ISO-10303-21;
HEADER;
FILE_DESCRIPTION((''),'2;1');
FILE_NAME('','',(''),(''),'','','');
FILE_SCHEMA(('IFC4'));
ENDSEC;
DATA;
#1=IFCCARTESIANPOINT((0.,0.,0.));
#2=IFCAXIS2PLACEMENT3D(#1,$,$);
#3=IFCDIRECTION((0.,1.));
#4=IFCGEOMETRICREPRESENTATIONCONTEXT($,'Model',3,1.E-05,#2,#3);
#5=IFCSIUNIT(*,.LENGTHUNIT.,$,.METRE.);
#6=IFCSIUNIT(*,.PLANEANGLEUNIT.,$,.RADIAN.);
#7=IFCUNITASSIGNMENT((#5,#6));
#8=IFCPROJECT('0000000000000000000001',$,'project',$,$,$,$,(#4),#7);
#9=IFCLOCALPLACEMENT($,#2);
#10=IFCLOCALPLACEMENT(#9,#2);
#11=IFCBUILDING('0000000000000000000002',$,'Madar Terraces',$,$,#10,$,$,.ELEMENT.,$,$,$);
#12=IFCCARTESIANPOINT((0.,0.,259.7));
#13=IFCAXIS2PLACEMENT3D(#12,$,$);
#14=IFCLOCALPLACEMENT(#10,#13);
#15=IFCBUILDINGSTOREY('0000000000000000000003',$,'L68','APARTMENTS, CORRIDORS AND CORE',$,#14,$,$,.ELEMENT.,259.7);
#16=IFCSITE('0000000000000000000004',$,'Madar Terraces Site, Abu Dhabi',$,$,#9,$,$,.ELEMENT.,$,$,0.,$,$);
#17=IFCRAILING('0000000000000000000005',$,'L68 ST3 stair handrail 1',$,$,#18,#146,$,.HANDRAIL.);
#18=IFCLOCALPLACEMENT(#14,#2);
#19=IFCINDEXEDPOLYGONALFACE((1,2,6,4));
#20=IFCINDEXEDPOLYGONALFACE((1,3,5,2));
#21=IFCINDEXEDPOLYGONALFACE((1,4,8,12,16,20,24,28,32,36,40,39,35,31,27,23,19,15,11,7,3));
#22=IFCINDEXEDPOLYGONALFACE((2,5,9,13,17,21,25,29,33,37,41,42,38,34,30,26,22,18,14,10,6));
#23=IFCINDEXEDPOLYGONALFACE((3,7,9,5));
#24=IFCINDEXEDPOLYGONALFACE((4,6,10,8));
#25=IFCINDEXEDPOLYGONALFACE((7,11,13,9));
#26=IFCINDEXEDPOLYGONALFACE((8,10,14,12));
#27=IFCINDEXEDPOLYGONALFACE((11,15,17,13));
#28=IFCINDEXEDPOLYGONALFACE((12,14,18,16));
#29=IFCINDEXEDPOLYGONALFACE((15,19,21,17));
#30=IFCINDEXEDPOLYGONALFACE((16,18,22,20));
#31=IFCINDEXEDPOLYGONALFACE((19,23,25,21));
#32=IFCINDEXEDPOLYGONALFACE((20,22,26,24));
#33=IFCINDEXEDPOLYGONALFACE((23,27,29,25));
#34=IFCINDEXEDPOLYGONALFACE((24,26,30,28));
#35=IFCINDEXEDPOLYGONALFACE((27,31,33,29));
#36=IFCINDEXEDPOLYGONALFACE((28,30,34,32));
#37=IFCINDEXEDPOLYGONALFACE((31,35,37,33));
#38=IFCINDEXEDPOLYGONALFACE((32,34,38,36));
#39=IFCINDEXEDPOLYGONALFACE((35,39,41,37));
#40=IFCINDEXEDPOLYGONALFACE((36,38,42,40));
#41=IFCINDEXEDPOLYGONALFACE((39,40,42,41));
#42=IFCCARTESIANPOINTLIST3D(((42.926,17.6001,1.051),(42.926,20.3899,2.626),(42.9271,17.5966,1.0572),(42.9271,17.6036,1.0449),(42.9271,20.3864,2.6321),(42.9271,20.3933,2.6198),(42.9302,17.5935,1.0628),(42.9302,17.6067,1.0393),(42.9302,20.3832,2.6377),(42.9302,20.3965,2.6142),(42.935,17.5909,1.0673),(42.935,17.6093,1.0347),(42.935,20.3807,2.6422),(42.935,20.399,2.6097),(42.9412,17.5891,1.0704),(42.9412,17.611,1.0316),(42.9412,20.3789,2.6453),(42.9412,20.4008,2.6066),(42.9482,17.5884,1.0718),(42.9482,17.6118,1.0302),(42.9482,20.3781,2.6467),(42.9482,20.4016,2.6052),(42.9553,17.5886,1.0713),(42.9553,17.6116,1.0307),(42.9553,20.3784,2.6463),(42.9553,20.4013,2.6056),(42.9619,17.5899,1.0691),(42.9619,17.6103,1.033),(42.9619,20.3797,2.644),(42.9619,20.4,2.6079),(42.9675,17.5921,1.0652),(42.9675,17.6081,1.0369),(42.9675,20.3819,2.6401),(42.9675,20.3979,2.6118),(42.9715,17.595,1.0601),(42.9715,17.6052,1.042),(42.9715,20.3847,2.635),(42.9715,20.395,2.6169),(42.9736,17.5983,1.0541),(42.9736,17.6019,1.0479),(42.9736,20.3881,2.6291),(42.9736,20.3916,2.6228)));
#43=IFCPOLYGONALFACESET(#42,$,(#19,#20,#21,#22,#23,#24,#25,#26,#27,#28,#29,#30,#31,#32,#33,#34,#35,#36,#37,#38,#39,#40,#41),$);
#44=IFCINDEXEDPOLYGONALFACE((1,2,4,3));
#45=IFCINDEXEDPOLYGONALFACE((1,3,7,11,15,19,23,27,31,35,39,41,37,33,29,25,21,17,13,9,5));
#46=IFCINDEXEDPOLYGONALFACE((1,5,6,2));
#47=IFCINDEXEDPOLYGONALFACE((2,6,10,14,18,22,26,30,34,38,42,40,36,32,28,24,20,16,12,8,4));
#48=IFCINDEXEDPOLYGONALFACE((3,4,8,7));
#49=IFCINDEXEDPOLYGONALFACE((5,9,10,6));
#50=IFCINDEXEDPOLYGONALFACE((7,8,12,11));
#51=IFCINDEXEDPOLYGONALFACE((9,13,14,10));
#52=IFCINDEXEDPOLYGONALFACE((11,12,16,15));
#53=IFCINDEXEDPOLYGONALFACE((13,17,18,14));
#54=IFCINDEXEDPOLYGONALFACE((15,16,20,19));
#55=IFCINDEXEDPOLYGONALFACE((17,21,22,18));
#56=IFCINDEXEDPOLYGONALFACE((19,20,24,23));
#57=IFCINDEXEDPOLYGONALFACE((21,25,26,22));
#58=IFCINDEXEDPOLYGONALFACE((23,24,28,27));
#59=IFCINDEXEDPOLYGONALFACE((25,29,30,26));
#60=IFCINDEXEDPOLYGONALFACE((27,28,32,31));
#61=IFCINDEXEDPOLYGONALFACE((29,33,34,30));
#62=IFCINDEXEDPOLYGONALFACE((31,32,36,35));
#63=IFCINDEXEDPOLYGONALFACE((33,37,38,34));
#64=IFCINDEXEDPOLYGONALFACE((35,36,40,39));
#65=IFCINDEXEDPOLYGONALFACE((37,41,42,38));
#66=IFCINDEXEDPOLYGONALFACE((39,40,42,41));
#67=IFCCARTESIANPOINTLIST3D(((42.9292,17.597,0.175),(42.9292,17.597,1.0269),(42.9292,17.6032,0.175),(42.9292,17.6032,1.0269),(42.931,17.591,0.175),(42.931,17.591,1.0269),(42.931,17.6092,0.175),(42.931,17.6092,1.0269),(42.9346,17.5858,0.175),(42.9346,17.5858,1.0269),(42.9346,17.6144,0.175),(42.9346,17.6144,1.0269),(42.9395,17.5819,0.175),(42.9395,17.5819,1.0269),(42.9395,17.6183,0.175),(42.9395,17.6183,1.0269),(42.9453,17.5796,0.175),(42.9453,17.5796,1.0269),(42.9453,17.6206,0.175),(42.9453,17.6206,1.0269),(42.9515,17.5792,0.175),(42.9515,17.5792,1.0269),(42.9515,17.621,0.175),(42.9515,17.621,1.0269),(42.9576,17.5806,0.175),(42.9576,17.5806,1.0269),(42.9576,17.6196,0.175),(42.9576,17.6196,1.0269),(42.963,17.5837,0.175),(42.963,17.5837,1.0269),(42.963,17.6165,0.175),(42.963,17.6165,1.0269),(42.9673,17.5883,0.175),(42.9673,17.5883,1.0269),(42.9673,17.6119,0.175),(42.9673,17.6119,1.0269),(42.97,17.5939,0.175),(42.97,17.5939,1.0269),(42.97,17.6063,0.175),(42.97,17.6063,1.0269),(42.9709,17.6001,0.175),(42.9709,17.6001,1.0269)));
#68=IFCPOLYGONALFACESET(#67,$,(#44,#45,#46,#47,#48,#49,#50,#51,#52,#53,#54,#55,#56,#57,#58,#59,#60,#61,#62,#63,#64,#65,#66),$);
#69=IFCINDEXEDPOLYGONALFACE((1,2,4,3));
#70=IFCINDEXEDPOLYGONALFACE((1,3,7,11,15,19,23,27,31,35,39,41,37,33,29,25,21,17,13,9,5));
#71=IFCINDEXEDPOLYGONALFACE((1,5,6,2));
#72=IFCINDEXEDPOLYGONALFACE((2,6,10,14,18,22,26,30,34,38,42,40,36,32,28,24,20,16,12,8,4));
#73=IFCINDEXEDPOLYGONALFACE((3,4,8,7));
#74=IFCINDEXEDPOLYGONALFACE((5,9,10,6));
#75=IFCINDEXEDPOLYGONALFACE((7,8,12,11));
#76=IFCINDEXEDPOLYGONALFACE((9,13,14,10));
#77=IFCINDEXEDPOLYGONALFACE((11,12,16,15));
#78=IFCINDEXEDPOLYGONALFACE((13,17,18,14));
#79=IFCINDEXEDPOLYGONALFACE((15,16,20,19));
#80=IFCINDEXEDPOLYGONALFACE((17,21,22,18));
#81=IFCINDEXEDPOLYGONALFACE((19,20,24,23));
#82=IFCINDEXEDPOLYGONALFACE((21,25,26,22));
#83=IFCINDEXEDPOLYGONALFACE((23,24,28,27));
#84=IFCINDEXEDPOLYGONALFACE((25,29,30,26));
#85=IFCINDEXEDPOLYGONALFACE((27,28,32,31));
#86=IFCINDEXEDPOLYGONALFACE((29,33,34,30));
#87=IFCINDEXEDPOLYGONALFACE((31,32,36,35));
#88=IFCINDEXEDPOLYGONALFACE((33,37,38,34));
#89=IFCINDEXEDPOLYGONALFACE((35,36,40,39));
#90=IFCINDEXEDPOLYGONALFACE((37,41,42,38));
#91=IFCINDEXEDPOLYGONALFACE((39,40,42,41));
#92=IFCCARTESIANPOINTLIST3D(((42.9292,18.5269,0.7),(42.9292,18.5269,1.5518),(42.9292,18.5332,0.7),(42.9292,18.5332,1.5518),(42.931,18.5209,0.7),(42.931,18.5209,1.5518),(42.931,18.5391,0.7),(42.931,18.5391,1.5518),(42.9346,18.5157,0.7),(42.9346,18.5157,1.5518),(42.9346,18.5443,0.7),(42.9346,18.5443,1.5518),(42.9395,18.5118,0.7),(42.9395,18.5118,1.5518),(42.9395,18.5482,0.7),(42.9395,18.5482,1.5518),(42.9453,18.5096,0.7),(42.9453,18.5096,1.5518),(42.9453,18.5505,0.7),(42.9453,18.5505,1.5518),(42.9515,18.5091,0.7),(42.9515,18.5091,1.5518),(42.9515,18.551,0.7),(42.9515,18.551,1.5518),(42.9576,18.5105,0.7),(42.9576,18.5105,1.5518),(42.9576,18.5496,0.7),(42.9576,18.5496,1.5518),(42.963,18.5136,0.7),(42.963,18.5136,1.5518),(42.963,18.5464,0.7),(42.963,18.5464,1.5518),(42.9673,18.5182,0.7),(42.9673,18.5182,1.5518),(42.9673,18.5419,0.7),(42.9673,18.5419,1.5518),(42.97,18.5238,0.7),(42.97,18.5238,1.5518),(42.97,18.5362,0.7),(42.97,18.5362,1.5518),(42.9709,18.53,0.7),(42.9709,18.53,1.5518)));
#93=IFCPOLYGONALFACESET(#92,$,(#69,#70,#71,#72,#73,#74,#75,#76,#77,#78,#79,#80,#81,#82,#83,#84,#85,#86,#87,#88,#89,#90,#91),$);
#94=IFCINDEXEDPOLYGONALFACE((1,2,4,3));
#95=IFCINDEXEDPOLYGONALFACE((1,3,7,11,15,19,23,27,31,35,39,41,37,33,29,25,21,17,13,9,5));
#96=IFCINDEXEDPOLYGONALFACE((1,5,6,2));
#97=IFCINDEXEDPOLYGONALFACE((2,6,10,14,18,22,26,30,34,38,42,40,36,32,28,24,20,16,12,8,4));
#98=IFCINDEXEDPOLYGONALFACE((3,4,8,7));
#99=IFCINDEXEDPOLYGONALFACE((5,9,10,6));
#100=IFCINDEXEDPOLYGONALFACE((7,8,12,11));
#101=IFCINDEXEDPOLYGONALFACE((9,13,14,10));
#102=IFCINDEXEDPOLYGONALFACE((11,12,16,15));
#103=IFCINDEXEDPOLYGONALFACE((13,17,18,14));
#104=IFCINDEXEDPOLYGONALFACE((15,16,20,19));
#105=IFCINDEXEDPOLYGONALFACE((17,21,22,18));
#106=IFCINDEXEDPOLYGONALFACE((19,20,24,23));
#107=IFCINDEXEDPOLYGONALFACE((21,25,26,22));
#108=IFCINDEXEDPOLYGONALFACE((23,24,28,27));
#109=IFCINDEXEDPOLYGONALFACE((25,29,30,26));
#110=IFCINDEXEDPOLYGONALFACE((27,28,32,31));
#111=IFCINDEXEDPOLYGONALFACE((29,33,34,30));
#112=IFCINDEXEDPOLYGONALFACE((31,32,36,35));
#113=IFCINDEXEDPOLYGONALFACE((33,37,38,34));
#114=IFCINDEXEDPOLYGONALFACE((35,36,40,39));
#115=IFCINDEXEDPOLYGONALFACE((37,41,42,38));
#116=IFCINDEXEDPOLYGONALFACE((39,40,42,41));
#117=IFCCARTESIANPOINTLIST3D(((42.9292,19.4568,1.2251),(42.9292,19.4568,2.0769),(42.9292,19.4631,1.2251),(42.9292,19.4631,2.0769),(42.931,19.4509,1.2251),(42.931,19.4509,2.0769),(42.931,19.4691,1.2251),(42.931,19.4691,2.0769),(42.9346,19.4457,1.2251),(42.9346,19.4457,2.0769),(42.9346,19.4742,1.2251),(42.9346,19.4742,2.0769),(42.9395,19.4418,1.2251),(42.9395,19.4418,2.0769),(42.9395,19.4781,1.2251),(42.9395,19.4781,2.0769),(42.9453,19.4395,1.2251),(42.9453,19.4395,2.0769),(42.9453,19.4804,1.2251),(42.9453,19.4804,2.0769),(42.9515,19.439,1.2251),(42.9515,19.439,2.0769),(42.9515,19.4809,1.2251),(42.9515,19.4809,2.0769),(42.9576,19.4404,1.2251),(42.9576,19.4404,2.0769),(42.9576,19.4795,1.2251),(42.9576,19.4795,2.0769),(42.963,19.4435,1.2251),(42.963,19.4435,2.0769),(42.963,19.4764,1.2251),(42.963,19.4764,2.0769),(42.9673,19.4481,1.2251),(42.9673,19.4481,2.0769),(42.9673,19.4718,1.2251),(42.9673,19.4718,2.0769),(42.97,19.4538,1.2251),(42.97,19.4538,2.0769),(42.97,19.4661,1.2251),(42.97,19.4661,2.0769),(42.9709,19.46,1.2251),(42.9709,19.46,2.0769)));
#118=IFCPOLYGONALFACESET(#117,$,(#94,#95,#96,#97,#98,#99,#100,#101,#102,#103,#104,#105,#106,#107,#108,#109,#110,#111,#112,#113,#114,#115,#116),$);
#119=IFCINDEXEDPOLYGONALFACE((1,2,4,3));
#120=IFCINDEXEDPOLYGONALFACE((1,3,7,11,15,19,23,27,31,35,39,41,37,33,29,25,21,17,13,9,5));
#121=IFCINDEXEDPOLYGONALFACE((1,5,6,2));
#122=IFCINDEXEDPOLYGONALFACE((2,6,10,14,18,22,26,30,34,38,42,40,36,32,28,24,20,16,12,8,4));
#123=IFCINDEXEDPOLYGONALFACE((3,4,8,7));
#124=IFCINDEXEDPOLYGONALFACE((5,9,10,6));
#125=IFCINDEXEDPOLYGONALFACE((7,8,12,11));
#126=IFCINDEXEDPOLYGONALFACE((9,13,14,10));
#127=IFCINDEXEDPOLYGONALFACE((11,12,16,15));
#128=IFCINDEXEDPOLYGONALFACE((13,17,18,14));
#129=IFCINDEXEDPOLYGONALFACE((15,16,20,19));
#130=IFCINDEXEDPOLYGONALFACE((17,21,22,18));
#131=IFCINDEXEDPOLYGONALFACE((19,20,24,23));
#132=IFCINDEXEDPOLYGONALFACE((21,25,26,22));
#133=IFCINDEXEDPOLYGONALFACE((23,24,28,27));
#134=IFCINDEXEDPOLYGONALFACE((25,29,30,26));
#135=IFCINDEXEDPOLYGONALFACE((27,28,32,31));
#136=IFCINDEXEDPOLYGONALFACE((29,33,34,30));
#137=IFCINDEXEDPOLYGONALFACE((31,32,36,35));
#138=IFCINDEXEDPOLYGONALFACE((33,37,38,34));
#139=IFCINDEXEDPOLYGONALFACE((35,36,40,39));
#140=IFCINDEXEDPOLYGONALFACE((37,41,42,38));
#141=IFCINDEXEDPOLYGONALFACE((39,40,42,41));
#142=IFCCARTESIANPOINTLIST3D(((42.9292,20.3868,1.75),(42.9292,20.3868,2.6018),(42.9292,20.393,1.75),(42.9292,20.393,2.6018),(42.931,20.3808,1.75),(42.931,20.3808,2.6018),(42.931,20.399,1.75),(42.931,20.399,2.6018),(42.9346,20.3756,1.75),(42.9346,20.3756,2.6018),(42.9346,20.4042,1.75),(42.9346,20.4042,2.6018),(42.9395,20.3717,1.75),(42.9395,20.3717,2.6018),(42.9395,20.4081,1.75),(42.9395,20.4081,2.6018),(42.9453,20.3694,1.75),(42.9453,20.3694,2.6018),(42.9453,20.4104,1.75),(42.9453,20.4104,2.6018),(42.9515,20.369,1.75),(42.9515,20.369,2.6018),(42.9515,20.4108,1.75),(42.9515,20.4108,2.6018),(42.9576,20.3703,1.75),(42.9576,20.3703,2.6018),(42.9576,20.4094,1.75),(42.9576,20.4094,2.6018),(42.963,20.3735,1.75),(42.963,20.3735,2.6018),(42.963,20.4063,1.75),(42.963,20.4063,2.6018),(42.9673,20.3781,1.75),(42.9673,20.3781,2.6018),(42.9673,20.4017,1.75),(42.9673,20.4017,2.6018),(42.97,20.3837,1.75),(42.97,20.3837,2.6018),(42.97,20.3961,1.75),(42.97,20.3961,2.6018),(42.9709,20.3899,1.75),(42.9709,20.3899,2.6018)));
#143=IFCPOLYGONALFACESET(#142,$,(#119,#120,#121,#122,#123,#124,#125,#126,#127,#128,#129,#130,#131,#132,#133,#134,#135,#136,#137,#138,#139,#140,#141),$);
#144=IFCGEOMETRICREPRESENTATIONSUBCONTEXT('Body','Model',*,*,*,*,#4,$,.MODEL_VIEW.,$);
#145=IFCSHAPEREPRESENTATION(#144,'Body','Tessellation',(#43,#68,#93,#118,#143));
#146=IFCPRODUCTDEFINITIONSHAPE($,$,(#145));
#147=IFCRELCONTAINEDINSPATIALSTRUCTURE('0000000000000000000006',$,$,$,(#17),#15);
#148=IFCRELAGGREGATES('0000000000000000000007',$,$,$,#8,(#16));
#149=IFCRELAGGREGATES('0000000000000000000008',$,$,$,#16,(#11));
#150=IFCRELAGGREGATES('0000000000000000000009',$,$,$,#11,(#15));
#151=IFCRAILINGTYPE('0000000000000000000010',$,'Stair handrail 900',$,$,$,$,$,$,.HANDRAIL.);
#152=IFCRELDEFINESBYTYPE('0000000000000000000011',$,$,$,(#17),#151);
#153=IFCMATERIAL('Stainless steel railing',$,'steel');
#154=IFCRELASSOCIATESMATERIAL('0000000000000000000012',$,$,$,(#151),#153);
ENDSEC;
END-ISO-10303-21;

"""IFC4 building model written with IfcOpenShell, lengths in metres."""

from ifc_helpers import new_model, si_unit, direction, frame, origin, origin_2d, place, context, subcontext, project, spatial, circle, extrude, material, type_object, element, save


model = new_model("IFC4")

# Units and contexts
model_context = context("Model", 3, precision=1e-05, world=origin(), true_north=direction((0.0, 1.0)))
body_context = subcontext(model_context, "Body", "Model", "MODEL_VIEW")
ifc_project = project(units=[si_unit("LENGTHUNIT", "METRE"), si_unit("PLANEANGLEUNIT", "RADIAN")], contexts=[model_context])

# Site, building, storey
site_placement = place(None, origin())
site = spatial("IfcSite", under=ifc_project, at=site_placement, Name="Madar Terraces Site, Abu Dhabi", CompositionType="ELEMENT", RefElevation=0.0)
building_placement = place(site_placement, origin())
building = spatial("IfcBuilding", under=site, at=building_placement, Name="Madar Terraces", CompositionType="ELEMENT")
storey_placement = place(building_placement, frame((0.0, 0.0, 259.7)))
storey = spatial("IfcBuildingStorey", under=building, at=storey_placement, Name="L68", Description="APARTMENTS, CORRIDORS AND CORE", CompositionType="ELEMENT", Elevation=259.7)

# Railing
ifc_material_1 = material(Name="Stainless steel railing", Category="steel")
railing_type_1 = type_object("IfcRailingType", Name="Stair handrail 900", PredefinedType="HANDRAIL", material=ifc_material_1)
railing_1_placement = place(storey_placement, frame((42.95, 17.6001, 0.175)))
element("IfcRailing", 1, at=railing_1_placement, inside=storey, type_object=railing_type_1, Name="L68 ST3 stair handrail 1", PredefinedType="HANDRAIL", context=body_context, shape_type="SweptSolid", body=[
    extrude(circle(Radius=0.0239, at=origin_2d()), frame((0.0, 0.0, 0.876), z_axis=(0.0, 0.870815, 0.49161), x_axis=(-1.0, 0.0, 0.0)), (0.0, 0.0, 1.0), 3.2036),
    extrude(circle(Radius=0.021, at=origin_2d()), origin(), (0.0, 0.0, 1.0), 0.8518),
    extrude(circle(Radius=0.021, at=origin_2d()), frame((0.0, 0.9299, 0.5249)), (0.0, 0.0, 1.0), 0.8518),
    extrude(circle(Radius=0.021, at=origin_2d()), frame((0.0, 1.8599, 1.05)), (0.0, 0.0, 1.0), 0.8518),
    extrude(circle(Radius=0.021, at=origin_2d()), frame((0.0, 2.7898, 1.575)), (0.0, 0.0, 1.0), 0.8518),
])

save(model, "model.ifc")
